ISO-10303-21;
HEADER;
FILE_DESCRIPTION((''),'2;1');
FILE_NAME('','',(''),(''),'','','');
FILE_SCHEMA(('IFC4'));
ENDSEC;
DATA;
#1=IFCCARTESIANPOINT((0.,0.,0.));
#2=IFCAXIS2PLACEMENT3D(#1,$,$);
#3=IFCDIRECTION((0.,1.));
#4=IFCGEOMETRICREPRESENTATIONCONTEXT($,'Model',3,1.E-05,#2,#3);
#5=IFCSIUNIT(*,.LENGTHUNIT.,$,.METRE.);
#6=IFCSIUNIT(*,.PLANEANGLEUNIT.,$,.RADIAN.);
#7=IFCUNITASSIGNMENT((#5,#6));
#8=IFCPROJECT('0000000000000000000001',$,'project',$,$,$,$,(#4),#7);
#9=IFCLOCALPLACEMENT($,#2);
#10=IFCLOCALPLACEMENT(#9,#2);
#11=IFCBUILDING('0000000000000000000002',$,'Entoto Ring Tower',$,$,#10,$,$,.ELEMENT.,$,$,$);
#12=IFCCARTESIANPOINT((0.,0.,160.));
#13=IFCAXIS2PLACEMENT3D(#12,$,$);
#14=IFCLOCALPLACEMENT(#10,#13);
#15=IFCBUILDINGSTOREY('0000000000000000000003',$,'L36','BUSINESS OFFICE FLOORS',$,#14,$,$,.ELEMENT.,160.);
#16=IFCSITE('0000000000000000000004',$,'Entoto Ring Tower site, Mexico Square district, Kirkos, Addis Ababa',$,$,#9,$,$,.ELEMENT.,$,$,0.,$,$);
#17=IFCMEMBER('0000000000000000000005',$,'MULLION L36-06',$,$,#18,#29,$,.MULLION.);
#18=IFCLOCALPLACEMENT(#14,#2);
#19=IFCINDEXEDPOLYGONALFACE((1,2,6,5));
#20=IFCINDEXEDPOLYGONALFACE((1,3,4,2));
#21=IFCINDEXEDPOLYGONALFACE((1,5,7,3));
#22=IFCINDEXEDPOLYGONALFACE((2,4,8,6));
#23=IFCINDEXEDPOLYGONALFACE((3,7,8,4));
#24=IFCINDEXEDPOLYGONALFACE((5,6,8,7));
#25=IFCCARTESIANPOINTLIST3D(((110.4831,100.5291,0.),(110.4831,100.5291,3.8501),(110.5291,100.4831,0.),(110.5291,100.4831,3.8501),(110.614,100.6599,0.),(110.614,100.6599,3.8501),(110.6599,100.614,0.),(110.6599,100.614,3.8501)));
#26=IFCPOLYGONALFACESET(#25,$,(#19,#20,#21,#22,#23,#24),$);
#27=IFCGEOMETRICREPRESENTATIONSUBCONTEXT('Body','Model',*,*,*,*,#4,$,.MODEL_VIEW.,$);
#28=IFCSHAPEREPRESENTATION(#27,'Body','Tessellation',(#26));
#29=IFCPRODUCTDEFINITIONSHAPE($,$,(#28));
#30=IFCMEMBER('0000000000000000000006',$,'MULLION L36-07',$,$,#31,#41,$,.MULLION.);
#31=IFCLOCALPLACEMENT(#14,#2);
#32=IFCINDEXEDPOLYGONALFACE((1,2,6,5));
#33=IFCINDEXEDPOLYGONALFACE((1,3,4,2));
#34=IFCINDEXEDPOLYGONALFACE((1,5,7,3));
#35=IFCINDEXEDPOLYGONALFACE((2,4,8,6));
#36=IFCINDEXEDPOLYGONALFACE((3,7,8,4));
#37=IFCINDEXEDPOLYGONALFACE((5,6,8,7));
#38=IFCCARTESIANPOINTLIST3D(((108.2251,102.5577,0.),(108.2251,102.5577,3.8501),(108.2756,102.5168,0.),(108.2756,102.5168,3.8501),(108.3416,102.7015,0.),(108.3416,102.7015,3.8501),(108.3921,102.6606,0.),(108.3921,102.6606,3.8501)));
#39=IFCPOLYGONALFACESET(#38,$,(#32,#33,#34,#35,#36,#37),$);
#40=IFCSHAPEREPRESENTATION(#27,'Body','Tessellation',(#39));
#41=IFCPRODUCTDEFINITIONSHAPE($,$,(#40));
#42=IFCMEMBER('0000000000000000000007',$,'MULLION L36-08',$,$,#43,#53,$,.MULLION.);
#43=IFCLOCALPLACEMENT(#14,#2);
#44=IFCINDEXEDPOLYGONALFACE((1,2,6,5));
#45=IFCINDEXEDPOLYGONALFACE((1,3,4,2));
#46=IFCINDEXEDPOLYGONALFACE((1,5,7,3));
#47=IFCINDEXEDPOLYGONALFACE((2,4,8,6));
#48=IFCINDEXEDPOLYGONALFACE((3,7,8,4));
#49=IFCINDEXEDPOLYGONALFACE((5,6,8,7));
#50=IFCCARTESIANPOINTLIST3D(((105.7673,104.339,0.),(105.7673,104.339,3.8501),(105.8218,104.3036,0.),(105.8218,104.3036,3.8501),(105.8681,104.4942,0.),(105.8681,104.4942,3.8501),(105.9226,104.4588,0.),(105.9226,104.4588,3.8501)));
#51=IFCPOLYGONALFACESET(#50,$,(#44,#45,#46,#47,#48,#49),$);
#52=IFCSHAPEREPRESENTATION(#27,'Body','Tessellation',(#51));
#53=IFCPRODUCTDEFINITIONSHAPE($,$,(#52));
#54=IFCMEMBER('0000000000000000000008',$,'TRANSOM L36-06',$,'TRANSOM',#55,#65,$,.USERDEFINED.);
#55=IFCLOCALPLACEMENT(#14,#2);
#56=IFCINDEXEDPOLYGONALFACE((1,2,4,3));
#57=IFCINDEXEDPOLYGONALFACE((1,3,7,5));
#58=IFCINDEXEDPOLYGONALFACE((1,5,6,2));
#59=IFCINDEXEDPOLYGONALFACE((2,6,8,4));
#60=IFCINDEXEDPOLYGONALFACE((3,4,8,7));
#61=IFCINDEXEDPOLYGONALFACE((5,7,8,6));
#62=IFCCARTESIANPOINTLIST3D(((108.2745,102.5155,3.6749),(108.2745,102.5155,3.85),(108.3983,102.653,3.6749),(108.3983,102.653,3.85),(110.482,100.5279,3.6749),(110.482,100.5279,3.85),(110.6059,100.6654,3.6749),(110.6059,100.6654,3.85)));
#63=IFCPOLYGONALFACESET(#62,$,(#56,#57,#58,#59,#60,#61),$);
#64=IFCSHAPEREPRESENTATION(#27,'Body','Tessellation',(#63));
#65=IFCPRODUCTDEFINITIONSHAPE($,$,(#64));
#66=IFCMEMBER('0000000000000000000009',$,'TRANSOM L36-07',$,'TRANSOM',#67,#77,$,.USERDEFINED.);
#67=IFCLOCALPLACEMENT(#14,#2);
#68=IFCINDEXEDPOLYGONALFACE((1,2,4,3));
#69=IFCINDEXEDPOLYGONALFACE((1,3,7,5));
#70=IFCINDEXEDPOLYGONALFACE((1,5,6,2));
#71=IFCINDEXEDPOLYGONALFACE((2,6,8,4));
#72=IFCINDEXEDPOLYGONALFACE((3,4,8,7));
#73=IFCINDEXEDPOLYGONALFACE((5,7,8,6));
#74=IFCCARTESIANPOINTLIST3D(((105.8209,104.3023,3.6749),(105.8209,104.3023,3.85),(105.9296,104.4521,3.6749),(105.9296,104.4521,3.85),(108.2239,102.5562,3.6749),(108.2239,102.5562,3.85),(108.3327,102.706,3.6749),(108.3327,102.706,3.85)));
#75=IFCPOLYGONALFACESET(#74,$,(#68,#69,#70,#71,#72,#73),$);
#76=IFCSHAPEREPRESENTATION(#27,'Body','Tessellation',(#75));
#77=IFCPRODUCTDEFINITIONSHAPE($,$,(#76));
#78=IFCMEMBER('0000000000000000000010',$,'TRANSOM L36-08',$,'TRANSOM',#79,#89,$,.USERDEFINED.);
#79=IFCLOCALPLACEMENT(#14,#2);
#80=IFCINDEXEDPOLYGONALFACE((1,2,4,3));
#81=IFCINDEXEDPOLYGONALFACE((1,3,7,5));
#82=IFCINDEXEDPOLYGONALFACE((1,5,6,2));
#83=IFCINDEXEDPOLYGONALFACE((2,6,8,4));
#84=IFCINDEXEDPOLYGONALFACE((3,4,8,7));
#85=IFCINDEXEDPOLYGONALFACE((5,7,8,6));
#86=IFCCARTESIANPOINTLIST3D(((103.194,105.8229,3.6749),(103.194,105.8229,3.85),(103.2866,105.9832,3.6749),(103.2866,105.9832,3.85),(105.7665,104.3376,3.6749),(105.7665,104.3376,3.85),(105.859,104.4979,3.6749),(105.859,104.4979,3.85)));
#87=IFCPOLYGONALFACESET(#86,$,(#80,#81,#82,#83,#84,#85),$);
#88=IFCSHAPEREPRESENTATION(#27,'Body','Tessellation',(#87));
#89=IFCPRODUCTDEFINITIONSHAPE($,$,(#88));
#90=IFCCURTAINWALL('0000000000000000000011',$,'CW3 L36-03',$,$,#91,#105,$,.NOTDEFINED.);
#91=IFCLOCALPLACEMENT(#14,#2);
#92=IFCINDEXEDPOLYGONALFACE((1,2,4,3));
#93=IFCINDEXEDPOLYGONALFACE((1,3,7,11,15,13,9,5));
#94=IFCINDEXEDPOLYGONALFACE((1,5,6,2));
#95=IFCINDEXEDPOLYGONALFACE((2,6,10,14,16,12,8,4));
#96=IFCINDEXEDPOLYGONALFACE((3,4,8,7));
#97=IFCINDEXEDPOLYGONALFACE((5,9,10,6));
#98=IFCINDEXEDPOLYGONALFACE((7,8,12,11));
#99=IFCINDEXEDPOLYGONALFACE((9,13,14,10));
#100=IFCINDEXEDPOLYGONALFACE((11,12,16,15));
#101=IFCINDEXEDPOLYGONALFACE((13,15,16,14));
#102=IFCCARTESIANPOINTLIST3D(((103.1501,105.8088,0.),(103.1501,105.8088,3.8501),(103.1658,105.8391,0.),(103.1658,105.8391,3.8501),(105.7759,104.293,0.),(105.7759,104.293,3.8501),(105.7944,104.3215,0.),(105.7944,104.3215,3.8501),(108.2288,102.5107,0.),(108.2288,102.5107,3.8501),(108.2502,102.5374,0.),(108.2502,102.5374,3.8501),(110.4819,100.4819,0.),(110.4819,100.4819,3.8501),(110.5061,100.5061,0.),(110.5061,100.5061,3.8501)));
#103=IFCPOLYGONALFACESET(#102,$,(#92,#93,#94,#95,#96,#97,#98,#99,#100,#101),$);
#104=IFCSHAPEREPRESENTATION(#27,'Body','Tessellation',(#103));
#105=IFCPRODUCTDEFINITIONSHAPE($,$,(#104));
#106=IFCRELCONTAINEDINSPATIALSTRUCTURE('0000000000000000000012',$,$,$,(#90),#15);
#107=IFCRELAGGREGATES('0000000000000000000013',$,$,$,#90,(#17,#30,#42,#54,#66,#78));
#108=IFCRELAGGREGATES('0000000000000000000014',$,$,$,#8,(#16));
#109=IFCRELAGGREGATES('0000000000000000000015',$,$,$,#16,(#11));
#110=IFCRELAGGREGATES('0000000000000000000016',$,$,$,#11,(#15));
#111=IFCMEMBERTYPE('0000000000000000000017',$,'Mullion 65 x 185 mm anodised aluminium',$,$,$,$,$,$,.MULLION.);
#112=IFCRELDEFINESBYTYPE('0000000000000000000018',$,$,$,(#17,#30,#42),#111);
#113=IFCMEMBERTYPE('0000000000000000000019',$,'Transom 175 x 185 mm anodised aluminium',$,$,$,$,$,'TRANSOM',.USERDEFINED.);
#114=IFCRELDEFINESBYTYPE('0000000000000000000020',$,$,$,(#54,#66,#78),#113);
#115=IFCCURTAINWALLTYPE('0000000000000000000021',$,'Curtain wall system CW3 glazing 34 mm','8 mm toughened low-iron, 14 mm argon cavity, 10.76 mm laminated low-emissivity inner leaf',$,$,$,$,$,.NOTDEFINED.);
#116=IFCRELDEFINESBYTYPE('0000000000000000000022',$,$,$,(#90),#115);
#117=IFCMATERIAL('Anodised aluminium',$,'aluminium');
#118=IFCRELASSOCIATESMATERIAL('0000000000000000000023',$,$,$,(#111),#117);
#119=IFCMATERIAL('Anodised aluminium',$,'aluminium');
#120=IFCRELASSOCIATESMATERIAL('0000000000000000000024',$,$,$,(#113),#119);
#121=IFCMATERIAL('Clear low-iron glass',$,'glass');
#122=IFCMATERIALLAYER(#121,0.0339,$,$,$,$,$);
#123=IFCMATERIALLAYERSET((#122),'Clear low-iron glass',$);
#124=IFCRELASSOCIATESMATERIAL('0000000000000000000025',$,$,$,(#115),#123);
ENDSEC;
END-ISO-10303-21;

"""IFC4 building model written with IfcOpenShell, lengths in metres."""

from ifc_helpers import new_model, si_unit, direction, frame, origin, origin_2d, place, context, subcontext, project, spatial, polyline, rectangle, outline, extrude, material, layer, layer_set, material_profile, profile_set, type_object, element, aggregate, save


model = new_model("IFC4")

# Units and contexts
model_context = context("Model", 3, precision=1e-05, world=origin(), true_north=direction((0.0, 1.0)))
body_context = subcontext(model_context, "Body", "Model", "MODEL_VIEW")
ifc_project = project(units=[si_unit("LENGTHUNIT", "METRE"), si_unit("PLANEANGLEUNIT", "RADIAN")], contexts=[model_context])

# Members
ifc_material_1 = material(Name="Anodised aluminium", Category="aluminium")
ifc_material_profile_1 = material_profile(ifc_material_1, rectangle(XDim=0.0649, YDim=0.1851, at=origin_2d()), Name="Mullion 65 x 185 mm anodised aluminium")
ifc_profile_set_1 = profile_set([ifc_material_profile_1], Name="Anodised aluminium")
member_type_1 = type_object("IfcMemberType", Name="Mullion 65 x 185 mm anodised aluminium", PredefinedType="MULLION", material=ifc_profile_set_1)
site_placement = place(None, origin())
building_placement = place(site_placement, origin())
storey_placement = place(building_placement, frame((0.0, 0.0, 160.0)))
member_1_placement = place(storey_placement, frame((110.5715, 100.5715, 0.0), z_axis=(0.0, 0.0, 1.0), x_axis=(-0.707107, 0.707107, 0.0)))
member_1 = element("IfcMember", 1, at=member_1_placement, type_object=member_type_1, Name="MULLION L36-06", PredefinedType="MULLION", context=body_context, shape_type="SweptSolid", body=[
    extrude(rectangle(XDim=0.0649, YDim=0.1851, at=origin_2d()), origin(), (0.0, 0.0, 1.0), 3.8501),
])
member_2_placement = place(storey_placement, frame((108.3086, 102.6091, 0.0), z_axis=(0.0, 0.0, 1.0), x_axis=(-0.777146, 0.62932, 0.0)))
member_2 = element("IfcMember", 2, at=member_2_placement, type_object=member_type_1, Name="MULLION L36-07", PredefinedType="MULLION", context=body_context, shape_type="SweptSolid", body=[
    extrude(rectangle(XDim=0.0649, YDim=0.1851, at=origin_2d()), origin(), (0.0, 0.0, 1.0), 3.8501),
])
member_3_placement = place(storey_placement, frame((105.845, 104.3989, 0.0), z_axis=(0.0, 0.0, 1.0), x_axis=(-0.838671, 0.544639, 0.0)))
member_3 = element("IfcMember", 3, at=member_3_placement, type_object=member_type_1, Name="MULLION L36-08", PredefinedType="MULLION", context=body_context, shape_type="SweptSolid", body=[
    extrude(rectangle(XDim=0.0649, YDim=0.1851, at=origin_2d()), origin(), (0.0, 0.0, 1.0), 3.8501),
])
ifc_material_2 = material(Name="Anodised aluminium", Category="aluminium")
ifc_material_profile_2 = material_profile(ifc_material_2, rectangle(XDim=0.1851, YDim=0.175, at=origin_2d()), Name="Transom 175 x 185 mm anodised aluminium")
ifc_profile_set_2 = profile_set([ifc_material_profile_2], Name="Anodised aluminium")
member_type_2 = type_object("IfcMemberType", Name="Transom 175 x 185 mm anodised aluminium", ElementType="TRANSOM", PredefinedType="USERDEFINED", material=ifc_profile_set_2)
member_4_placement = place(storey_placement, frame((110.5439, 100.5967, 3.7625), z_axis=(-0.743163, 0.66911, 0.0), x_axis=(-0.66911, -0.743163, 0.0)))
member_4 = element("IfcMember", 4, at=member_4_placement, type_object=member_type_2, Name="TRANSOM L36-06", ObjectType="TRANSOM", PredefinedType="USERDEFINED", context=body_context, shape_type="SweptSolid", body=[
    extrude(rectangle(XDim=0.1851, YDim=0.175, at=origin_2d()), origin(), (0.0, 0.0, 1.0), 2.9705),
])
member_5_placement = place(storey_placement, frame((108.2783, 102.6311, 3.7625), z_axis=(-0.808992, 0.58782, 0.0), x_axis=(-0.58782, -0.808992, 0.0)))
member_5 = element("IfcMember", 5, at=member_5_placement, type_object=member_type_2, Name="TRANSOM L36-07", ObjectType="TRANSOM", PredefinedType="USERDEFINED", context=body_context, shape_type="SweptSolid", body=[
    extrude(rectangle(XDim=0.1851, YDim=0.175, at=origin_2d()), origin(), (0.0, 0.0, 1.0), 2.9705),
])
member_6_placement = place(storey_placement, frame((105.8127, 104.4177, 3.7625), z_axis=(-0.866009, 0.500028, 0.0), x_axis=(-0.500028, -0.866009, 0.0)))
member_6 = element("IfcMember", 6, at=member_6_placement, type_object=member_type_2, Name="TRANSOM L36-08", ObjectType="TRANSOM", PredefinedType="USERDEFINED", context=body_context, shape_type="SweptSolid", body=[
    extrude(rectangle(XDim=0.1851, YDim=0.175, at=origin_2d()), origin(), (0.0, 0.0, 1.0), 2.9705),
])

# Site, building, storey
site = spatial("IfcSite", under=ifc_project, at=site_placement, Name="Entoto Ring Tower site, Mexico Square district, Kirkos, Addis Ababa", CompositionType="ELEMENT", RefElevation=0.0)
building = spatial("IfcBuilding", under=site, at=building_placement, Name="Entoto Ring Tower", CompositionType="ELEMENT")
storey = spatial("IfcBuildingStorey", under=building, at=storey_placement, Name="L36", Description="BUSINESS OFFICE FLOORS", CompositionType="ELEMENT", Elevation=160.0)

# Curtain wall
ifc_material_3 = material(Name="Clear low-iron glass", Category="glass")
ifc_layer = layer(ifc_material_3, 0.0339)
ifc_layer_set = layer_set([ifc_layer], Name="Clear low-iron glass")
curtain_wall_type = type_object("IfcCurtainWallType", Name="Curtain wall system CW3 glazing 34 mm", Description="8 mm toughened low-iron, 14 mm argon cavity, 10.76 mm laminated low-emissivity inner leaf", PredefinedType="NOTDEFINED", material=ifc_layer_set)
curtain_wall_1_placement = place(storey_placement, origin())
curtain_wall_1 = element("IfcCurtainWall", 7, at=curtain_wall_1_placement, inside=storey, type_object=curtain_wall_type, Name="CW3 L36-03", PredefinedType="NOTDEFINED", context=body_context, shape_type="SweptSolid", body=[
    extrude(outline(polyline([(110.5061, 100.5061), (108.2502, 102.5374), (105.7944, 104.3215), (103.1658, 105.8391), (103.1501, 105.8088), (105.7759, 104.293), (108.2288, 102.5107), (110.4819, 100.4819), (110.5061, 100.5061)])), origin(), (0.0, 0.0, 1.0), 3.8501),
])
aggregate(curtain_wall_1, [member_1, member_2, member_3, member_4, member_5, member_6])

save(model, "model.ifc")
